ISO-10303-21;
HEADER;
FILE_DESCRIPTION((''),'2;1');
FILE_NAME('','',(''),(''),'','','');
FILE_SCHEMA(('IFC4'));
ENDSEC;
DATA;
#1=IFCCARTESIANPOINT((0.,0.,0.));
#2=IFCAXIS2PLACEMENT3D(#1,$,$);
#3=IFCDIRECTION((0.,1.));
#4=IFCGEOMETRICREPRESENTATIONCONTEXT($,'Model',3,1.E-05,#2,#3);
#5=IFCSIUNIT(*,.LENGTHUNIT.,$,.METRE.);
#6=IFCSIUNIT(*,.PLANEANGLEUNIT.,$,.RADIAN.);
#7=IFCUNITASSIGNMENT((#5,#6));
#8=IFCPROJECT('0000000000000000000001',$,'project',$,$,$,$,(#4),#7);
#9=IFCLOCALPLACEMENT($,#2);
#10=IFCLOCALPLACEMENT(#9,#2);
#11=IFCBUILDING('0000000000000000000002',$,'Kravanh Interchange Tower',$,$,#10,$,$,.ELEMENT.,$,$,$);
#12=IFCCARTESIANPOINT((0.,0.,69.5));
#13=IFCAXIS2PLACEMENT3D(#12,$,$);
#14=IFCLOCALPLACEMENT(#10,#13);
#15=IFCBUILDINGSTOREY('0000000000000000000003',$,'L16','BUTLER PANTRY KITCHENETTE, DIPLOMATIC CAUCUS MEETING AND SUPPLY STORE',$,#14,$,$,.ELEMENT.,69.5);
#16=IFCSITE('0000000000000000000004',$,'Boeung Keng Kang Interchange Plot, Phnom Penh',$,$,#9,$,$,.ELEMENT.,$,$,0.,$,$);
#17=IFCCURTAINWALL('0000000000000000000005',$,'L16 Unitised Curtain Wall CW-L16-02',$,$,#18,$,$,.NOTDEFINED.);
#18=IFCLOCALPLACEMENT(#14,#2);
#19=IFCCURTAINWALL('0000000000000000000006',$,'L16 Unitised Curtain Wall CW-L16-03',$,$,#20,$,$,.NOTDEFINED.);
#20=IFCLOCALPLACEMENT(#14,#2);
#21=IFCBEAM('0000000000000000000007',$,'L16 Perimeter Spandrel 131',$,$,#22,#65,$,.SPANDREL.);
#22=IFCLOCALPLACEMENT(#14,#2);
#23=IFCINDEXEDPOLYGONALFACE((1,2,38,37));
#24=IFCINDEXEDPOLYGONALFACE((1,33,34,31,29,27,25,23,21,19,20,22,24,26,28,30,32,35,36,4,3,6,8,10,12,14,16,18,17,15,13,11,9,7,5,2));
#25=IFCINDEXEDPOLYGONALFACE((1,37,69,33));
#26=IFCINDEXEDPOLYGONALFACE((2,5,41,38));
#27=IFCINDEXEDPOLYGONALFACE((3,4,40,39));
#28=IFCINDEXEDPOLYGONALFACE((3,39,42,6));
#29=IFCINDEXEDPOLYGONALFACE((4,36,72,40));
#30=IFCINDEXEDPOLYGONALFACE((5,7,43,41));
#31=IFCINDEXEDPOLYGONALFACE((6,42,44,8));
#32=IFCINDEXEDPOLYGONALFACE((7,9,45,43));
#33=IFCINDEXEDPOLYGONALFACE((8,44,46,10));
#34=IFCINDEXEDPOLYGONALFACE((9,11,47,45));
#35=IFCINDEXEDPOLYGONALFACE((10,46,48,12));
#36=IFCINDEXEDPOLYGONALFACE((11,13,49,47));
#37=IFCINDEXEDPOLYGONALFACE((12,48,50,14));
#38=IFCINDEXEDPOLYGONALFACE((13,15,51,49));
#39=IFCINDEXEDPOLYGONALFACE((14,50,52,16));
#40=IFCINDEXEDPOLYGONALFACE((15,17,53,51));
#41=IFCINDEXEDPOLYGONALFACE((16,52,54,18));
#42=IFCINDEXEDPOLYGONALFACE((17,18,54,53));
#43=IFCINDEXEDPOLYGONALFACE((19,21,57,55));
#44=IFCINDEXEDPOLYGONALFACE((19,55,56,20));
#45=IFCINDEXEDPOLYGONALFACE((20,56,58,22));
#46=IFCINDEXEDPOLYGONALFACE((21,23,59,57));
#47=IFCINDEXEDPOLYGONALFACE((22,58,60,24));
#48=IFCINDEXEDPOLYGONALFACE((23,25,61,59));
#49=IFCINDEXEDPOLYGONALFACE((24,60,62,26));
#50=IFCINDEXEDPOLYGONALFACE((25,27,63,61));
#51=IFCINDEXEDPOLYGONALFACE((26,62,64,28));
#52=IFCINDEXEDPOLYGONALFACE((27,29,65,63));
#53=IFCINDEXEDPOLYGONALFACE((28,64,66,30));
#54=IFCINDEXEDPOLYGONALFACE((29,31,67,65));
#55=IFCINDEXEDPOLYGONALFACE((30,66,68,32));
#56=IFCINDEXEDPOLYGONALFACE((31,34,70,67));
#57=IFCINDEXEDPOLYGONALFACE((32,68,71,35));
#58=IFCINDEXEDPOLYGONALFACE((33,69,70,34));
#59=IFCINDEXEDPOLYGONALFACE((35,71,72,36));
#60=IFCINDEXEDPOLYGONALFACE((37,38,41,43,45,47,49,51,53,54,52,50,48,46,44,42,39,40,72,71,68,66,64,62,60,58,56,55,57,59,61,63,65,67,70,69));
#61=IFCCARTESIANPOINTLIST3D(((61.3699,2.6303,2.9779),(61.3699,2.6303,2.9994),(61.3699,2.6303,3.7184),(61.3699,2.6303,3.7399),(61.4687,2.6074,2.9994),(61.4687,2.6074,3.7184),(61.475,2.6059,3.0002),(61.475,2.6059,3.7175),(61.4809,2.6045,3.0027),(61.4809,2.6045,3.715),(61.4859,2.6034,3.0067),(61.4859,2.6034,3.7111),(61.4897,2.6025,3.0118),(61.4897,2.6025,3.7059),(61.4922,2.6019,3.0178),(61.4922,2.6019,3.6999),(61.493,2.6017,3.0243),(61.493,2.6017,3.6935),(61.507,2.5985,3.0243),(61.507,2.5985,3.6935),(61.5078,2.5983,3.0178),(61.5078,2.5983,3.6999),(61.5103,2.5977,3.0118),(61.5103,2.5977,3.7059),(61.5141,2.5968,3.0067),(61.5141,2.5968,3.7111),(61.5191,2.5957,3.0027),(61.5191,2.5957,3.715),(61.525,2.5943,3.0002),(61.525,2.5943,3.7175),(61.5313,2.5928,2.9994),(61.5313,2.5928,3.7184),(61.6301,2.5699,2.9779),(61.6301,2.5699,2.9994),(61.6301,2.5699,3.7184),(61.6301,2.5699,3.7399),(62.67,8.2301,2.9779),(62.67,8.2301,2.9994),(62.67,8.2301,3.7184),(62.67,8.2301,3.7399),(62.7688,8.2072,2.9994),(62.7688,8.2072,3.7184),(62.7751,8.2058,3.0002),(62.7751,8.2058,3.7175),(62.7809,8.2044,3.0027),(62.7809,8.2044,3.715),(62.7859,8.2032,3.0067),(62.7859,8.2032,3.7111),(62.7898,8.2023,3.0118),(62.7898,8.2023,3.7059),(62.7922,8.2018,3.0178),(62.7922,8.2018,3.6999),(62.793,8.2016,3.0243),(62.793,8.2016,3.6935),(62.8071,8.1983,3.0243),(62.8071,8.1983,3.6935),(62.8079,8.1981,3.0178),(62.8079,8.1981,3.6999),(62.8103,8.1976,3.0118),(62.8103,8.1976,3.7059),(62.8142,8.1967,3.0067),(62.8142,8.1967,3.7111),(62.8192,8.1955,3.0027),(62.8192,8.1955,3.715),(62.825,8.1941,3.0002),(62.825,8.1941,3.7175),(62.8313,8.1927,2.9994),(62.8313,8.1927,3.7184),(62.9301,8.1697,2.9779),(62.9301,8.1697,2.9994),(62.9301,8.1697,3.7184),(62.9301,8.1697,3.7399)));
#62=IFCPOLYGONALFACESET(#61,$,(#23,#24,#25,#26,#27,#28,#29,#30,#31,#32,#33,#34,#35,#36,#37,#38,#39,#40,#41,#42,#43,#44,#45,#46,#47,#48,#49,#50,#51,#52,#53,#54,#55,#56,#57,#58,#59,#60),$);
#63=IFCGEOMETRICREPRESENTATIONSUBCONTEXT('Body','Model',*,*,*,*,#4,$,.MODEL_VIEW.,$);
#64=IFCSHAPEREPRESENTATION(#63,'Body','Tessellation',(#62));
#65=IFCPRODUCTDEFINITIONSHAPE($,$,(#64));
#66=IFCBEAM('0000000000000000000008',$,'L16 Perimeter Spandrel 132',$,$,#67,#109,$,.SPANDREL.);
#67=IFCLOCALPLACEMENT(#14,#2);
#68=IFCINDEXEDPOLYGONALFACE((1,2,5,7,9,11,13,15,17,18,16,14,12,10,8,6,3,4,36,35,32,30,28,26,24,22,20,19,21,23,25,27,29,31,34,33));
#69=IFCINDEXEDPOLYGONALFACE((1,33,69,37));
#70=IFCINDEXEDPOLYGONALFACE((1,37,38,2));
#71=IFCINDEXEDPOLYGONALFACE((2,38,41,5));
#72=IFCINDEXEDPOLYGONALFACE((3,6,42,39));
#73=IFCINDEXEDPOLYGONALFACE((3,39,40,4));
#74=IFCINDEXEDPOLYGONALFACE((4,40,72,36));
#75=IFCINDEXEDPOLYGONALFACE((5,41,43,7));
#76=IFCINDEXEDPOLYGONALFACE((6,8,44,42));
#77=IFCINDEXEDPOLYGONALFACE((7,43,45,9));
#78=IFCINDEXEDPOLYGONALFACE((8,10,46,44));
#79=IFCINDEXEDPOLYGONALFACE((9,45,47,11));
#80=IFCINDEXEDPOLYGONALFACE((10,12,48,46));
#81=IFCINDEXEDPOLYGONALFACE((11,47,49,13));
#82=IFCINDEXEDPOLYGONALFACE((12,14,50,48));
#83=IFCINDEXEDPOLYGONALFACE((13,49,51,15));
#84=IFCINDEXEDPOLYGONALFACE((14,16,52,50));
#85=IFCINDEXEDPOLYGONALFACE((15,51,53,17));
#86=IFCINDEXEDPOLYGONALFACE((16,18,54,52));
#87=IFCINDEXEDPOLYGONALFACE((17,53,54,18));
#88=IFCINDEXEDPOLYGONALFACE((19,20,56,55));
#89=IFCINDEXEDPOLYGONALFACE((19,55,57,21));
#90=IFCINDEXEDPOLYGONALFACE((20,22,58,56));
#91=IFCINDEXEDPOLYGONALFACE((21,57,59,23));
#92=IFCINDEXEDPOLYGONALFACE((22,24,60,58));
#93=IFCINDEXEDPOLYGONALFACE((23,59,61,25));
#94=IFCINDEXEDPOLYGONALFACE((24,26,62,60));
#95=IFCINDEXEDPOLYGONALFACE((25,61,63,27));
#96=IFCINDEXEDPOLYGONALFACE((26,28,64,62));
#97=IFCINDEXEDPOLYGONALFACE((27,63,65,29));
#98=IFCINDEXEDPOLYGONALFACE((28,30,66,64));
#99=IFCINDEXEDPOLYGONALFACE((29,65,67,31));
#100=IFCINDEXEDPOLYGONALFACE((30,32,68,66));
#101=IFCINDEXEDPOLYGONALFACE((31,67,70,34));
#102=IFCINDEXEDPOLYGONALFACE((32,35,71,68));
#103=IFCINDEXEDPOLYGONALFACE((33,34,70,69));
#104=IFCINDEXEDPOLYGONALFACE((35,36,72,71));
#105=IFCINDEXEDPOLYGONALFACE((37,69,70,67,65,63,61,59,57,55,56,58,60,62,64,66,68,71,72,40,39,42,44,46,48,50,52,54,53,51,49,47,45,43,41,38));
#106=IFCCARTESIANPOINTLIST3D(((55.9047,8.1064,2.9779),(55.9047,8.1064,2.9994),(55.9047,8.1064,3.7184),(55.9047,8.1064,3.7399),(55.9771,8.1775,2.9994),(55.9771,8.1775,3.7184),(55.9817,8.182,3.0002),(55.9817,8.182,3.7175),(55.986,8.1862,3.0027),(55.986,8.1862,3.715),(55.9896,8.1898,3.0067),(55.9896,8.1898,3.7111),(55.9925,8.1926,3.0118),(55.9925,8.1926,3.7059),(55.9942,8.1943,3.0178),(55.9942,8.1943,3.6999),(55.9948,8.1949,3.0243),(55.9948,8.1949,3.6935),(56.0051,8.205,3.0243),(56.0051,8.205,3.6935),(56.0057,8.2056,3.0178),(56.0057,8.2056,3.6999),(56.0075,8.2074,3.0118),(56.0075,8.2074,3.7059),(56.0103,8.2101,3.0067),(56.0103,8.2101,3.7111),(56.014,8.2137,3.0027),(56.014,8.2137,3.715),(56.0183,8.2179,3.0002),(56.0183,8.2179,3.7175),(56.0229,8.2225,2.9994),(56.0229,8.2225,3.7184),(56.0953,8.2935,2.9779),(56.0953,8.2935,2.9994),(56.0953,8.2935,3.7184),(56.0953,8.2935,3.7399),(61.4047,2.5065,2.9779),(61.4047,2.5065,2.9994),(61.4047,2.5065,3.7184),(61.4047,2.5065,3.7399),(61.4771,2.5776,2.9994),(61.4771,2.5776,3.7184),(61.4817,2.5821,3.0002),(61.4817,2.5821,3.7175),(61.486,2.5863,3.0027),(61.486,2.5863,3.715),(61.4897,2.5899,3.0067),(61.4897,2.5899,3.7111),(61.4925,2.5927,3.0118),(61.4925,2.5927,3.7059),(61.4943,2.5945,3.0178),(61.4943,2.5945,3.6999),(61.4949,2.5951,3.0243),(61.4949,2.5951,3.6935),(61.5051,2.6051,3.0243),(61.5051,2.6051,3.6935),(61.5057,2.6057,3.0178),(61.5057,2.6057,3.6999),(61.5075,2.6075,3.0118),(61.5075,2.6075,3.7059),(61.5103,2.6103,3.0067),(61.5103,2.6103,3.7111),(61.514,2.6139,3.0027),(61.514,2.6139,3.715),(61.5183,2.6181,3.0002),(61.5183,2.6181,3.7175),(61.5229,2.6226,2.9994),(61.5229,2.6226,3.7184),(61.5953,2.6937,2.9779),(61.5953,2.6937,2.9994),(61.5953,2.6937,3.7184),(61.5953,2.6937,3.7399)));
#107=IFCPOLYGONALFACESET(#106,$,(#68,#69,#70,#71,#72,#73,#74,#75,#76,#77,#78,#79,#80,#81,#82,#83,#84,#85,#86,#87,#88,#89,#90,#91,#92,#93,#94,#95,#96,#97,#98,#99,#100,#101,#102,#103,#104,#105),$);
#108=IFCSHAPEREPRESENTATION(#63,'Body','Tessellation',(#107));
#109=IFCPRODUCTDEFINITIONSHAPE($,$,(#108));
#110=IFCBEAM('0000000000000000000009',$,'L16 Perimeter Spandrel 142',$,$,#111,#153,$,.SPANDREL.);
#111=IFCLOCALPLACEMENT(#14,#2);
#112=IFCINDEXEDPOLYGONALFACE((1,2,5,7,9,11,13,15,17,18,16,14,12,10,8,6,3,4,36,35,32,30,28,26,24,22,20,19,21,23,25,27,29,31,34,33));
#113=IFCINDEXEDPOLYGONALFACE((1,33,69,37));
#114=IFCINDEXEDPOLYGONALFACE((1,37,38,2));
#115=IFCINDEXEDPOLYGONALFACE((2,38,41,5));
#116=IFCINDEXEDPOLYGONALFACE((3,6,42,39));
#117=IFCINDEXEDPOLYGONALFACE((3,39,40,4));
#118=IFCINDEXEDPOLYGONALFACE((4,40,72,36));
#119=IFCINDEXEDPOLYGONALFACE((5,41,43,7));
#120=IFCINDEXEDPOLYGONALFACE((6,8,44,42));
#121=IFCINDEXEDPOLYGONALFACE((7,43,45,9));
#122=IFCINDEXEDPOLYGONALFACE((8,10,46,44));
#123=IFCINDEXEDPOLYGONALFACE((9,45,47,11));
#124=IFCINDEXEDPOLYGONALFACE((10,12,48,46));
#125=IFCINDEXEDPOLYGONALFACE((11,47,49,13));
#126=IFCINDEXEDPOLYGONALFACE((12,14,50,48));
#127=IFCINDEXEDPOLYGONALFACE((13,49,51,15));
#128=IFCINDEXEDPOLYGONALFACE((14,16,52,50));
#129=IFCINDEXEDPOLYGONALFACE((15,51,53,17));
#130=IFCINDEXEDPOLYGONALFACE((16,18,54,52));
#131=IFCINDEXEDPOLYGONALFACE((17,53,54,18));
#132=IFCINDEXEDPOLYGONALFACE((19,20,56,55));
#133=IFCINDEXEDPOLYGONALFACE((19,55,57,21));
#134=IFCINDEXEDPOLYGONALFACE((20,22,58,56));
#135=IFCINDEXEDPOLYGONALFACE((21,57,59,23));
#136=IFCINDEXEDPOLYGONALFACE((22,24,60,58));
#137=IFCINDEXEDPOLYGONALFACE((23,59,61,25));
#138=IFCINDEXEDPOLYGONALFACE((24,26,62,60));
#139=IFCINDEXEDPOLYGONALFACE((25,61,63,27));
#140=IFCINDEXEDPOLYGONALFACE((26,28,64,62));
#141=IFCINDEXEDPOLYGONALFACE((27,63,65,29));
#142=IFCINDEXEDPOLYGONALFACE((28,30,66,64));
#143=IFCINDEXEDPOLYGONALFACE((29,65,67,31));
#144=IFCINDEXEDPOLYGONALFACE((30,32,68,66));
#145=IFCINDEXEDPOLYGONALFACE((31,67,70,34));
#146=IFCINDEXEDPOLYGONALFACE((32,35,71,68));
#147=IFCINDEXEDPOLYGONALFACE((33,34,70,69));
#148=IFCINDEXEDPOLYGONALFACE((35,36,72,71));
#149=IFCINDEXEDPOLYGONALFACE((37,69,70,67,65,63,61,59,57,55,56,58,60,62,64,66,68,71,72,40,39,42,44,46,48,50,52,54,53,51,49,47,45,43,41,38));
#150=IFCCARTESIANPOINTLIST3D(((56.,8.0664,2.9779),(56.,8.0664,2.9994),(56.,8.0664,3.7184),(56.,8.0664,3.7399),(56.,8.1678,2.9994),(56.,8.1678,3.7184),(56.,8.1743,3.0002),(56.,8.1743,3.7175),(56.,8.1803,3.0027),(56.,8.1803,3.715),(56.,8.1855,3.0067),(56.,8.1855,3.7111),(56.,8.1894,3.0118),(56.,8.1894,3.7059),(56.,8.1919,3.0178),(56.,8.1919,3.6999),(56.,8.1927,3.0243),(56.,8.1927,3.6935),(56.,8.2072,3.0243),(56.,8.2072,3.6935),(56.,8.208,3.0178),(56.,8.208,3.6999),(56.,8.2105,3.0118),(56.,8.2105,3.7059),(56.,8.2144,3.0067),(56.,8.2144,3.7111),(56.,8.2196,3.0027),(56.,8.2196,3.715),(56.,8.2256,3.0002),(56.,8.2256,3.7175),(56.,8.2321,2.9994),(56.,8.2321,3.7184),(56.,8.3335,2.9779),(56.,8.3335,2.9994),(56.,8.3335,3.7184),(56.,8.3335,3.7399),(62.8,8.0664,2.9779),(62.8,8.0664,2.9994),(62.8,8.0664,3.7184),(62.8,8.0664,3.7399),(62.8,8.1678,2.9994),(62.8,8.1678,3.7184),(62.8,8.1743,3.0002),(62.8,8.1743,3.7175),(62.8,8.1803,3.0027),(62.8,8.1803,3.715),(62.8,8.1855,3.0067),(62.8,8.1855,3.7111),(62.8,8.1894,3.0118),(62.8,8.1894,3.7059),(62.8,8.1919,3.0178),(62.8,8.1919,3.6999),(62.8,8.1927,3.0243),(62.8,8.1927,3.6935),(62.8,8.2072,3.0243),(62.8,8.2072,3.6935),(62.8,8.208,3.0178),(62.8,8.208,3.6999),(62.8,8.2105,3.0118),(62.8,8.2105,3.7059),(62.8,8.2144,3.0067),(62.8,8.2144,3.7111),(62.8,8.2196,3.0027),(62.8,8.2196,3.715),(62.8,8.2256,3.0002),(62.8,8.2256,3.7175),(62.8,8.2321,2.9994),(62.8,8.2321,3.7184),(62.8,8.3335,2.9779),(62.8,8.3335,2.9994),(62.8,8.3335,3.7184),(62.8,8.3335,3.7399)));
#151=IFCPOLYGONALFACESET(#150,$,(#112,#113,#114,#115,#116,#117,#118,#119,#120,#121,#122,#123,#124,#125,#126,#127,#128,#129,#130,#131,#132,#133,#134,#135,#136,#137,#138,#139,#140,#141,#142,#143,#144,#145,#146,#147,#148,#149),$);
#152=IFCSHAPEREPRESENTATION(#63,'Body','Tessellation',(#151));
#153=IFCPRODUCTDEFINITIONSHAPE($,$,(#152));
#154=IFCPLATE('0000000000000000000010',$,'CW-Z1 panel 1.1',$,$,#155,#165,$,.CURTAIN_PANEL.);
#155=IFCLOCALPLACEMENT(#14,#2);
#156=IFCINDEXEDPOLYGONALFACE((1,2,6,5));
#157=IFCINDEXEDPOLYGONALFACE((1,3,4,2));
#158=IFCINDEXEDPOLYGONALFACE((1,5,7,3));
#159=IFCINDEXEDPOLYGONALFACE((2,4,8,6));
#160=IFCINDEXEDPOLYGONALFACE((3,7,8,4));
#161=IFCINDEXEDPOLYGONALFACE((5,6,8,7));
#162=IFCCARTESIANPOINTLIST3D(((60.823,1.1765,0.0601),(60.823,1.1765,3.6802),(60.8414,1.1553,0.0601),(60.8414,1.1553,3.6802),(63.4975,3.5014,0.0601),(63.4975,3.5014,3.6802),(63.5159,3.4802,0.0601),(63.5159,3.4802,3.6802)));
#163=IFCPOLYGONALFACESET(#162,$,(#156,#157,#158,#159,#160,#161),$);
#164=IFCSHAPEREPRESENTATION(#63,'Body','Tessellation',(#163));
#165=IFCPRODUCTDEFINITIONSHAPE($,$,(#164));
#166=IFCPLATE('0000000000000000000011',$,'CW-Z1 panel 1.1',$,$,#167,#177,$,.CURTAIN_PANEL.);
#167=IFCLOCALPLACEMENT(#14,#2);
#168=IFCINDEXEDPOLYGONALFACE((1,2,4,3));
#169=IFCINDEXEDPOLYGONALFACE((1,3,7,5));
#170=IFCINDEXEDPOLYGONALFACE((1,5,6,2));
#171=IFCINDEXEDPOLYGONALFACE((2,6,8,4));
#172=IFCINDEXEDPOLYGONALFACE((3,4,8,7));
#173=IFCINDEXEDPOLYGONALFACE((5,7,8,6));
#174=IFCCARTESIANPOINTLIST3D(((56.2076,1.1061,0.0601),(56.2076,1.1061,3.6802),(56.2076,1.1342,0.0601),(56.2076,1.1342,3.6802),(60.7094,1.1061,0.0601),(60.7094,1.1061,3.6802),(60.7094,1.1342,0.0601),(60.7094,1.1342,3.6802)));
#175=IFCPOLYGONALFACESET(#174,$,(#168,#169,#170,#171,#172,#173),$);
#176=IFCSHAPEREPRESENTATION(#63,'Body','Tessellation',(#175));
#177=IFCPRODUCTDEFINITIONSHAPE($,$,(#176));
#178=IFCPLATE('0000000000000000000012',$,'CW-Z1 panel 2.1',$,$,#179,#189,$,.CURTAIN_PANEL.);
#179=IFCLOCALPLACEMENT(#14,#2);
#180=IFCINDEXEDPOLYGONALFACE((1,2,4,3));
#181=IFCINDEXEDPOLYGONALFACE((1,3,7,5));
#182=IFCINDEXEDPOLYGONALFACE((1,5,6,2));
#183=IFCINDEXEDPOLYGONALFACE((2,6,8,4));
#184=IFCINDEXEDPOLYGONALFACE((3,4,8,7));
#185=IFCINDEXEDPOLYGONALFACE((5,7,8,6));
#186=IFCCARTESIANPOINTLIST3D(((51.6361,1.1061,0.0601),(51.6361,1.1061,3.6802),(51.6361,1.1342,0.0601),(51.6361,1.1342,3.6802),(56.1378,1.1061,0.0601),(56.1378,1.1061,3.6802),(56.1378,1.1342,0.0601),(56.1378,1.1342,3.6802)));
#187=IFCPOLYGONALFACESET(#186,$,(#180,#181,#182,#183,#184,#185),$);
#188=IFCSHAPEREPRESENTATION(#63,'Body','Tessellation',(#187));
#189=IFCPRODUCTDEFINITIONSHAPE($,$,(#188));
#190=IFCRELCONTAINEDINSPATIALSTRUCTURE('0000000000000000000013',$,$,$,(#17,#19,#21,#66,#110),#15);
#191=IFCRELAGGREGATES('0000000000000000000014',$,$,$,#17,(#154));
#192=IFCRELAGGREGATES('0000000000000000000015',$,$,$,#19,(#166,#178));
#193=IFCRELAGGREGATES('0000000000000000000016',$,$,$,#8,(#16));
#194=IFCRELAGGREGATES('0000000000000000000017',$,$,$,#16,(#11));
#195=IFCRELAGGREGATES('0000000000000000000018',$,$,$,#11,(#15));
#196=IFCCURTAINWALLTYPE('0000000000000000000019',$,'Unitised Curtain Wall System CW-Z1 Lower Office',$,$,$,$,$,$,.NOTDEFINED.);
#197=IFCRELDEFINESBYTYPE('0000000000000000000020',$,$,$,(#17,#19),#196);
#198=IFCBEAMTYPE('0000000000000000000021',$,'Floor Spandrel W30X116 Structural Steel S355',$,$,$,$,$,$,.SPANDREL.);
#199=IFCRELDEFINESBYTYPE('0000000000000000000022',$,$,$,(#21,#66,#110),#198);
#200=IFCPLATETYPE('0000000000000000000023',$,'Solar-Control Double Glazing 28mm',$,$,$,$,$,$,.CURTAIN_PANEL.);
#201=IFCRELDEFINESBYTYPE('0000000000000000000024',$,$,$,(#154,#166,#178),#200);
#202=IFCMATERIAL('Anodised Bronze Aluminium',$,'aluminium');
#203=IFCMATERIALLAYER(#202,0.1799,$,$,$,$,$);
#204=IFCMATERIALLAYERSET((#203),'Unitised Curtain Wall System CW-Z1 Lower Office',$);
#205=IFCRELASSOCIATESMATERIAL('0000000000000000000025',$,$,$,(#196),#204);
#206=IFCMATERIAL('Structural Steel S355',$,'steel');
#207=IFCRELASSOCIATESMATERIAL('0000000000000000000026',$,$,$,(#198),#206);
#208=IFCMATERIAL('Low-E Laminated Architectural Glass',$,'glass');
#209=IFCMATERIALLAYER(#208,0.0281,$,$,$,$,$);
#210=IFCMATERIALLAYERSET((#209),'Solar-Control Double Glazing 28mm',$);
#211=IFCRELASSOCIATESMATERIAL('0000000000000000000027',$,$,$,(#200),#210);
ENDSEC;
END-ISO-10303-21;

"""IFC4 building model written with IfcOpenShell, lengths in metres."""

from ifc_helpers import new_model, si_unit, direction, frame, origin, origin_2d, place, context, subcontext, project, spatial, rectangle, i_section, extrude, material, layer, layer_set, material_profile, profile_set, type_object, element, aggregate, save


model = new_model("IFC4")

# Units and contexts
model_context = context("Model", 3, precision=1e-05, world=origin(), true_north=direction((0.0, 1.0)))
body_context = subcontext(model_context, "Body", "Model", "MODEL_VIEW")
ifc_project = project(units=[si_unit("LENGTHUNIT", "METRE"), si_unit("PLANEANGLEUNIT", "RADIAN")], contexts=[model_context])

# Site, building, storey
site_placement = place(None, origin())
site = spatial("IfcSite", under=ifc_project, at=site_placement, Name="Boeung Keng Kang Interchange Plot, Phnom Penh", CompositionType="ELEMENT", RefElevation=0.0)
building_placement = place(site_placement, origin())
building = spatial("IfcBuilding", under=site, at=building_placement, Name="Kravanh Interchange Tower", CompositionType="ELEMENT")
storey_placement = place(building_placement, frame((0.0, 0.0, 69.5)))
storey = spatial("IfcBuildingStorey", under=building, at=storey_placement, Name="L16", Description="BUTLER PANTRY KITCHENETTE, DIPLOMATIC CAUCUS MEETING AND SUPPLY STORE", CompositionType="ELEMENT", Elevation=69.5)

# Curtain walls
ifc_material_1 = material(Name="Anodised Bronze Aluminium", Category="aluminium")
ifc_layer_1 = layer(ifc_material_1, 0.1799)
ifc_layer_set_1 = layer_set([ifc_layer_1], Name="Unitised Curtain Wall System CW-Z1 Lower Office")
curtain_wall_type = type_object("IfcCurtainWallType", Name="Unitised Curtain Wall System CW-Z1 Lower Office", PredefinedType="NOTDEFINED", material=ifc_layer_set_1)
curtain_wall_1_placement = place(storey_placement, origin())
curtain_wall_1 = element("IfcCurtainWall", 1, at=curtain_wall_1_placement, inside=storey, type_object=curtain_wall_type, Name="L16 Unitised Curtain Wall CW-L16-02", PredefinedType="NOTDEFINED")
curtain_wall_2_placement = place(storey_placement, origin())
curtain_wall_2 = element("IfcCurtainWall", 2, at=curtain_wall_2_placement, inside=storey, type_object=curtain_wall_type, Name="L16 Unitised Curtain Wall CW-L16-03", PredefinedType="NOTDEFINED")

# Beams
ifc_material_2 = material(Name="Structural Steel S355", Category="steel")
ifc_material_profile_1 = material_profile(ifc_material_2, i_section(OverallWidth=0.2671, OverallDepth=0.762, WebThickness=0.0144, FlangeThickness=0.0215, FilletRadius=0.0249, at=origin_2d()), Name="W30X116")
ifc_profile_set_1 = profile_set([ifc_material_profile_1], Name="Structural Steel S355")
beam_type_1 = type_object("IfcBeamType", Name="Floor Spandrel W30X116 Structural Steel S355", PredefinedType="SPANDREL", material=ifc_profile_set_1)
beam_1_placement = place(storey_placement, frame((61.5, 2.6001, 3.3589), z_axis=(0.226143, 0.974094, 0.0), x_axis=(-0.974094, 0.226143, 0.0)))
element("IfcBeam", 3, at=beam_1_placement, inside=storey, type_object=beam_type_1, Name="L16 Perimeter Spandrel 131", PredefinedType="SPANDREL", context=body_context, shape_type="SweptSolid", body=[
    extrude(i_section(OverallWidth=0.2671, OverallDepth=0.762, WebThickness=0.0144, FlangeThickness=0.0215, FilletRadius=0.0249, at=origin_2d()), origin(), (0.0, 0.0, 1.0), 5.7488),
])
beam_2_placement = place(storey_placement, frame((61.5, 2.6001, 3.3589), z_axis=(-0.700717, 0.713439, 0.0), x_axis=(-0.713439, -0.700717, 0.0)))
element("IfcBeam", 4, at=beam_2_placement, inside=storey, type_object=beam_type_1, Name="L16 Perimeter Spandrel 132", PredefinedType="SPANDREL", context=body_context, shape_type="SweptSolid", body=[
    extrude(i_section(OverallWidth=0.2671, OverallDepth=0.762, WebThickness=0.0144, FlangeThickness=0.0215, FilletRadius=0.0249, at=origin_2d()), origin(), (0.0, 0.0, 1.0), 7.8491),
])
beam_3_placement = place(storey_placement, frame((56.0, 8.2, 3.3589), z_axis=(1.0, 0.0, 0.0), x_axis=(0.0, 1.0, 0.0)))
element("IfcBeam", 5, at=beam_3_placement, inside=storey, type_object=beam_type_1, Name="L16 Perimeter Spandrel 142", PredefinedType="SPANDREL", context=body_context, shape_type="SweptSolid", body=[
    extrude(i_section(OverallWidth=0.2671, OverallDepth=0.762, WebThickness=0.0144, FlangeThickness=0.0215, FilletRadius=0.0249, at=origin_2d()), origin(), (0.0, 0.0, 1.0), 6.8),
])

# Plates
ifc_material_3 = material(Name="Low-E Laminated Architectural Glass", Category="glass")
ifc_layer_2 = layer(ifc_material_3, 0.0281)
ifc_layer_set_2 = layer_set([ifc_layer_2], Name="Solar-Control Double Glazing 28mm")
plate_type = type_object("IfcPlateType", Name="Solar-Control Double Glazing 28mm", PredefinedType="CURTAIN_PANEL", material=ifc_layer_set_2)
plate_1_placement = place(storey_placement, frame((62.1694, 2.3284, 0.0601), z_axis=(0.0, 0.0, 1.0), x_axis=(-0.754708, -0.65606, 0.0)))
plate_1 = element("IfcPlate", 6, at=plate_1_placement, type_object=plate_type, Name="CW-Z1 panel 1.1", PredefinedType="CURTAIN_PANEL", context=body_context, shape_type="SweptSolid", body=[
    extrude(rectangle(XDim=3.5437, YDim=0.0281, at=origin_2d()), origin(), (0.0, 0.0, 1.0), 3.6201),
])
aggregate(curtain_wall_1, [plate_1])
plate_2_placement = place(storey_placement, frame((58.4585, 1.1201, 0.0601), z_axis=(0.0, 0.0, 1.0), x_axis=(-1.0, 0.0, 0.0)))
plate_2 = element("IfcPlate", 7, at=plate_2_placement, type_object=plate_type, Name="CW-Z1 panel 1.1", PredefinedType="CURTAIN_PANEL", context=body_context, shape_type="SweptSolid", body=[
    extrude(rectangle(XDim=4.5017, YDim=0.0281, at=origin_2d()), origin(), (0.0, 0.0, 1.0), 3.6201),
])
plate_3_placement = place(storey_placement, frame((53.887, 1.1201, 0.0601), z_axis=(0.0, 0.0, 1.0), x_axis=(-1.0, 0.0, 0.0)))
plate_3 = element("IfcPlate", 8, at=plate_3_placement, type_object=plate_type, Name="CW-Z1 panel 2.1", PredefinedType="CURTAIN_PANEL", context=body_context, shape_type="SweptSolid", body=[
    extrude(rectangle(XDim=4.5017, YDim=0.0281, at=origin_2d()), origin(), (0.0, 0.0, 1.0), 3.6201),
])
aggregate(curtain_wall_2, [plate_2, plate_3])

save(model, "model.ifc")
